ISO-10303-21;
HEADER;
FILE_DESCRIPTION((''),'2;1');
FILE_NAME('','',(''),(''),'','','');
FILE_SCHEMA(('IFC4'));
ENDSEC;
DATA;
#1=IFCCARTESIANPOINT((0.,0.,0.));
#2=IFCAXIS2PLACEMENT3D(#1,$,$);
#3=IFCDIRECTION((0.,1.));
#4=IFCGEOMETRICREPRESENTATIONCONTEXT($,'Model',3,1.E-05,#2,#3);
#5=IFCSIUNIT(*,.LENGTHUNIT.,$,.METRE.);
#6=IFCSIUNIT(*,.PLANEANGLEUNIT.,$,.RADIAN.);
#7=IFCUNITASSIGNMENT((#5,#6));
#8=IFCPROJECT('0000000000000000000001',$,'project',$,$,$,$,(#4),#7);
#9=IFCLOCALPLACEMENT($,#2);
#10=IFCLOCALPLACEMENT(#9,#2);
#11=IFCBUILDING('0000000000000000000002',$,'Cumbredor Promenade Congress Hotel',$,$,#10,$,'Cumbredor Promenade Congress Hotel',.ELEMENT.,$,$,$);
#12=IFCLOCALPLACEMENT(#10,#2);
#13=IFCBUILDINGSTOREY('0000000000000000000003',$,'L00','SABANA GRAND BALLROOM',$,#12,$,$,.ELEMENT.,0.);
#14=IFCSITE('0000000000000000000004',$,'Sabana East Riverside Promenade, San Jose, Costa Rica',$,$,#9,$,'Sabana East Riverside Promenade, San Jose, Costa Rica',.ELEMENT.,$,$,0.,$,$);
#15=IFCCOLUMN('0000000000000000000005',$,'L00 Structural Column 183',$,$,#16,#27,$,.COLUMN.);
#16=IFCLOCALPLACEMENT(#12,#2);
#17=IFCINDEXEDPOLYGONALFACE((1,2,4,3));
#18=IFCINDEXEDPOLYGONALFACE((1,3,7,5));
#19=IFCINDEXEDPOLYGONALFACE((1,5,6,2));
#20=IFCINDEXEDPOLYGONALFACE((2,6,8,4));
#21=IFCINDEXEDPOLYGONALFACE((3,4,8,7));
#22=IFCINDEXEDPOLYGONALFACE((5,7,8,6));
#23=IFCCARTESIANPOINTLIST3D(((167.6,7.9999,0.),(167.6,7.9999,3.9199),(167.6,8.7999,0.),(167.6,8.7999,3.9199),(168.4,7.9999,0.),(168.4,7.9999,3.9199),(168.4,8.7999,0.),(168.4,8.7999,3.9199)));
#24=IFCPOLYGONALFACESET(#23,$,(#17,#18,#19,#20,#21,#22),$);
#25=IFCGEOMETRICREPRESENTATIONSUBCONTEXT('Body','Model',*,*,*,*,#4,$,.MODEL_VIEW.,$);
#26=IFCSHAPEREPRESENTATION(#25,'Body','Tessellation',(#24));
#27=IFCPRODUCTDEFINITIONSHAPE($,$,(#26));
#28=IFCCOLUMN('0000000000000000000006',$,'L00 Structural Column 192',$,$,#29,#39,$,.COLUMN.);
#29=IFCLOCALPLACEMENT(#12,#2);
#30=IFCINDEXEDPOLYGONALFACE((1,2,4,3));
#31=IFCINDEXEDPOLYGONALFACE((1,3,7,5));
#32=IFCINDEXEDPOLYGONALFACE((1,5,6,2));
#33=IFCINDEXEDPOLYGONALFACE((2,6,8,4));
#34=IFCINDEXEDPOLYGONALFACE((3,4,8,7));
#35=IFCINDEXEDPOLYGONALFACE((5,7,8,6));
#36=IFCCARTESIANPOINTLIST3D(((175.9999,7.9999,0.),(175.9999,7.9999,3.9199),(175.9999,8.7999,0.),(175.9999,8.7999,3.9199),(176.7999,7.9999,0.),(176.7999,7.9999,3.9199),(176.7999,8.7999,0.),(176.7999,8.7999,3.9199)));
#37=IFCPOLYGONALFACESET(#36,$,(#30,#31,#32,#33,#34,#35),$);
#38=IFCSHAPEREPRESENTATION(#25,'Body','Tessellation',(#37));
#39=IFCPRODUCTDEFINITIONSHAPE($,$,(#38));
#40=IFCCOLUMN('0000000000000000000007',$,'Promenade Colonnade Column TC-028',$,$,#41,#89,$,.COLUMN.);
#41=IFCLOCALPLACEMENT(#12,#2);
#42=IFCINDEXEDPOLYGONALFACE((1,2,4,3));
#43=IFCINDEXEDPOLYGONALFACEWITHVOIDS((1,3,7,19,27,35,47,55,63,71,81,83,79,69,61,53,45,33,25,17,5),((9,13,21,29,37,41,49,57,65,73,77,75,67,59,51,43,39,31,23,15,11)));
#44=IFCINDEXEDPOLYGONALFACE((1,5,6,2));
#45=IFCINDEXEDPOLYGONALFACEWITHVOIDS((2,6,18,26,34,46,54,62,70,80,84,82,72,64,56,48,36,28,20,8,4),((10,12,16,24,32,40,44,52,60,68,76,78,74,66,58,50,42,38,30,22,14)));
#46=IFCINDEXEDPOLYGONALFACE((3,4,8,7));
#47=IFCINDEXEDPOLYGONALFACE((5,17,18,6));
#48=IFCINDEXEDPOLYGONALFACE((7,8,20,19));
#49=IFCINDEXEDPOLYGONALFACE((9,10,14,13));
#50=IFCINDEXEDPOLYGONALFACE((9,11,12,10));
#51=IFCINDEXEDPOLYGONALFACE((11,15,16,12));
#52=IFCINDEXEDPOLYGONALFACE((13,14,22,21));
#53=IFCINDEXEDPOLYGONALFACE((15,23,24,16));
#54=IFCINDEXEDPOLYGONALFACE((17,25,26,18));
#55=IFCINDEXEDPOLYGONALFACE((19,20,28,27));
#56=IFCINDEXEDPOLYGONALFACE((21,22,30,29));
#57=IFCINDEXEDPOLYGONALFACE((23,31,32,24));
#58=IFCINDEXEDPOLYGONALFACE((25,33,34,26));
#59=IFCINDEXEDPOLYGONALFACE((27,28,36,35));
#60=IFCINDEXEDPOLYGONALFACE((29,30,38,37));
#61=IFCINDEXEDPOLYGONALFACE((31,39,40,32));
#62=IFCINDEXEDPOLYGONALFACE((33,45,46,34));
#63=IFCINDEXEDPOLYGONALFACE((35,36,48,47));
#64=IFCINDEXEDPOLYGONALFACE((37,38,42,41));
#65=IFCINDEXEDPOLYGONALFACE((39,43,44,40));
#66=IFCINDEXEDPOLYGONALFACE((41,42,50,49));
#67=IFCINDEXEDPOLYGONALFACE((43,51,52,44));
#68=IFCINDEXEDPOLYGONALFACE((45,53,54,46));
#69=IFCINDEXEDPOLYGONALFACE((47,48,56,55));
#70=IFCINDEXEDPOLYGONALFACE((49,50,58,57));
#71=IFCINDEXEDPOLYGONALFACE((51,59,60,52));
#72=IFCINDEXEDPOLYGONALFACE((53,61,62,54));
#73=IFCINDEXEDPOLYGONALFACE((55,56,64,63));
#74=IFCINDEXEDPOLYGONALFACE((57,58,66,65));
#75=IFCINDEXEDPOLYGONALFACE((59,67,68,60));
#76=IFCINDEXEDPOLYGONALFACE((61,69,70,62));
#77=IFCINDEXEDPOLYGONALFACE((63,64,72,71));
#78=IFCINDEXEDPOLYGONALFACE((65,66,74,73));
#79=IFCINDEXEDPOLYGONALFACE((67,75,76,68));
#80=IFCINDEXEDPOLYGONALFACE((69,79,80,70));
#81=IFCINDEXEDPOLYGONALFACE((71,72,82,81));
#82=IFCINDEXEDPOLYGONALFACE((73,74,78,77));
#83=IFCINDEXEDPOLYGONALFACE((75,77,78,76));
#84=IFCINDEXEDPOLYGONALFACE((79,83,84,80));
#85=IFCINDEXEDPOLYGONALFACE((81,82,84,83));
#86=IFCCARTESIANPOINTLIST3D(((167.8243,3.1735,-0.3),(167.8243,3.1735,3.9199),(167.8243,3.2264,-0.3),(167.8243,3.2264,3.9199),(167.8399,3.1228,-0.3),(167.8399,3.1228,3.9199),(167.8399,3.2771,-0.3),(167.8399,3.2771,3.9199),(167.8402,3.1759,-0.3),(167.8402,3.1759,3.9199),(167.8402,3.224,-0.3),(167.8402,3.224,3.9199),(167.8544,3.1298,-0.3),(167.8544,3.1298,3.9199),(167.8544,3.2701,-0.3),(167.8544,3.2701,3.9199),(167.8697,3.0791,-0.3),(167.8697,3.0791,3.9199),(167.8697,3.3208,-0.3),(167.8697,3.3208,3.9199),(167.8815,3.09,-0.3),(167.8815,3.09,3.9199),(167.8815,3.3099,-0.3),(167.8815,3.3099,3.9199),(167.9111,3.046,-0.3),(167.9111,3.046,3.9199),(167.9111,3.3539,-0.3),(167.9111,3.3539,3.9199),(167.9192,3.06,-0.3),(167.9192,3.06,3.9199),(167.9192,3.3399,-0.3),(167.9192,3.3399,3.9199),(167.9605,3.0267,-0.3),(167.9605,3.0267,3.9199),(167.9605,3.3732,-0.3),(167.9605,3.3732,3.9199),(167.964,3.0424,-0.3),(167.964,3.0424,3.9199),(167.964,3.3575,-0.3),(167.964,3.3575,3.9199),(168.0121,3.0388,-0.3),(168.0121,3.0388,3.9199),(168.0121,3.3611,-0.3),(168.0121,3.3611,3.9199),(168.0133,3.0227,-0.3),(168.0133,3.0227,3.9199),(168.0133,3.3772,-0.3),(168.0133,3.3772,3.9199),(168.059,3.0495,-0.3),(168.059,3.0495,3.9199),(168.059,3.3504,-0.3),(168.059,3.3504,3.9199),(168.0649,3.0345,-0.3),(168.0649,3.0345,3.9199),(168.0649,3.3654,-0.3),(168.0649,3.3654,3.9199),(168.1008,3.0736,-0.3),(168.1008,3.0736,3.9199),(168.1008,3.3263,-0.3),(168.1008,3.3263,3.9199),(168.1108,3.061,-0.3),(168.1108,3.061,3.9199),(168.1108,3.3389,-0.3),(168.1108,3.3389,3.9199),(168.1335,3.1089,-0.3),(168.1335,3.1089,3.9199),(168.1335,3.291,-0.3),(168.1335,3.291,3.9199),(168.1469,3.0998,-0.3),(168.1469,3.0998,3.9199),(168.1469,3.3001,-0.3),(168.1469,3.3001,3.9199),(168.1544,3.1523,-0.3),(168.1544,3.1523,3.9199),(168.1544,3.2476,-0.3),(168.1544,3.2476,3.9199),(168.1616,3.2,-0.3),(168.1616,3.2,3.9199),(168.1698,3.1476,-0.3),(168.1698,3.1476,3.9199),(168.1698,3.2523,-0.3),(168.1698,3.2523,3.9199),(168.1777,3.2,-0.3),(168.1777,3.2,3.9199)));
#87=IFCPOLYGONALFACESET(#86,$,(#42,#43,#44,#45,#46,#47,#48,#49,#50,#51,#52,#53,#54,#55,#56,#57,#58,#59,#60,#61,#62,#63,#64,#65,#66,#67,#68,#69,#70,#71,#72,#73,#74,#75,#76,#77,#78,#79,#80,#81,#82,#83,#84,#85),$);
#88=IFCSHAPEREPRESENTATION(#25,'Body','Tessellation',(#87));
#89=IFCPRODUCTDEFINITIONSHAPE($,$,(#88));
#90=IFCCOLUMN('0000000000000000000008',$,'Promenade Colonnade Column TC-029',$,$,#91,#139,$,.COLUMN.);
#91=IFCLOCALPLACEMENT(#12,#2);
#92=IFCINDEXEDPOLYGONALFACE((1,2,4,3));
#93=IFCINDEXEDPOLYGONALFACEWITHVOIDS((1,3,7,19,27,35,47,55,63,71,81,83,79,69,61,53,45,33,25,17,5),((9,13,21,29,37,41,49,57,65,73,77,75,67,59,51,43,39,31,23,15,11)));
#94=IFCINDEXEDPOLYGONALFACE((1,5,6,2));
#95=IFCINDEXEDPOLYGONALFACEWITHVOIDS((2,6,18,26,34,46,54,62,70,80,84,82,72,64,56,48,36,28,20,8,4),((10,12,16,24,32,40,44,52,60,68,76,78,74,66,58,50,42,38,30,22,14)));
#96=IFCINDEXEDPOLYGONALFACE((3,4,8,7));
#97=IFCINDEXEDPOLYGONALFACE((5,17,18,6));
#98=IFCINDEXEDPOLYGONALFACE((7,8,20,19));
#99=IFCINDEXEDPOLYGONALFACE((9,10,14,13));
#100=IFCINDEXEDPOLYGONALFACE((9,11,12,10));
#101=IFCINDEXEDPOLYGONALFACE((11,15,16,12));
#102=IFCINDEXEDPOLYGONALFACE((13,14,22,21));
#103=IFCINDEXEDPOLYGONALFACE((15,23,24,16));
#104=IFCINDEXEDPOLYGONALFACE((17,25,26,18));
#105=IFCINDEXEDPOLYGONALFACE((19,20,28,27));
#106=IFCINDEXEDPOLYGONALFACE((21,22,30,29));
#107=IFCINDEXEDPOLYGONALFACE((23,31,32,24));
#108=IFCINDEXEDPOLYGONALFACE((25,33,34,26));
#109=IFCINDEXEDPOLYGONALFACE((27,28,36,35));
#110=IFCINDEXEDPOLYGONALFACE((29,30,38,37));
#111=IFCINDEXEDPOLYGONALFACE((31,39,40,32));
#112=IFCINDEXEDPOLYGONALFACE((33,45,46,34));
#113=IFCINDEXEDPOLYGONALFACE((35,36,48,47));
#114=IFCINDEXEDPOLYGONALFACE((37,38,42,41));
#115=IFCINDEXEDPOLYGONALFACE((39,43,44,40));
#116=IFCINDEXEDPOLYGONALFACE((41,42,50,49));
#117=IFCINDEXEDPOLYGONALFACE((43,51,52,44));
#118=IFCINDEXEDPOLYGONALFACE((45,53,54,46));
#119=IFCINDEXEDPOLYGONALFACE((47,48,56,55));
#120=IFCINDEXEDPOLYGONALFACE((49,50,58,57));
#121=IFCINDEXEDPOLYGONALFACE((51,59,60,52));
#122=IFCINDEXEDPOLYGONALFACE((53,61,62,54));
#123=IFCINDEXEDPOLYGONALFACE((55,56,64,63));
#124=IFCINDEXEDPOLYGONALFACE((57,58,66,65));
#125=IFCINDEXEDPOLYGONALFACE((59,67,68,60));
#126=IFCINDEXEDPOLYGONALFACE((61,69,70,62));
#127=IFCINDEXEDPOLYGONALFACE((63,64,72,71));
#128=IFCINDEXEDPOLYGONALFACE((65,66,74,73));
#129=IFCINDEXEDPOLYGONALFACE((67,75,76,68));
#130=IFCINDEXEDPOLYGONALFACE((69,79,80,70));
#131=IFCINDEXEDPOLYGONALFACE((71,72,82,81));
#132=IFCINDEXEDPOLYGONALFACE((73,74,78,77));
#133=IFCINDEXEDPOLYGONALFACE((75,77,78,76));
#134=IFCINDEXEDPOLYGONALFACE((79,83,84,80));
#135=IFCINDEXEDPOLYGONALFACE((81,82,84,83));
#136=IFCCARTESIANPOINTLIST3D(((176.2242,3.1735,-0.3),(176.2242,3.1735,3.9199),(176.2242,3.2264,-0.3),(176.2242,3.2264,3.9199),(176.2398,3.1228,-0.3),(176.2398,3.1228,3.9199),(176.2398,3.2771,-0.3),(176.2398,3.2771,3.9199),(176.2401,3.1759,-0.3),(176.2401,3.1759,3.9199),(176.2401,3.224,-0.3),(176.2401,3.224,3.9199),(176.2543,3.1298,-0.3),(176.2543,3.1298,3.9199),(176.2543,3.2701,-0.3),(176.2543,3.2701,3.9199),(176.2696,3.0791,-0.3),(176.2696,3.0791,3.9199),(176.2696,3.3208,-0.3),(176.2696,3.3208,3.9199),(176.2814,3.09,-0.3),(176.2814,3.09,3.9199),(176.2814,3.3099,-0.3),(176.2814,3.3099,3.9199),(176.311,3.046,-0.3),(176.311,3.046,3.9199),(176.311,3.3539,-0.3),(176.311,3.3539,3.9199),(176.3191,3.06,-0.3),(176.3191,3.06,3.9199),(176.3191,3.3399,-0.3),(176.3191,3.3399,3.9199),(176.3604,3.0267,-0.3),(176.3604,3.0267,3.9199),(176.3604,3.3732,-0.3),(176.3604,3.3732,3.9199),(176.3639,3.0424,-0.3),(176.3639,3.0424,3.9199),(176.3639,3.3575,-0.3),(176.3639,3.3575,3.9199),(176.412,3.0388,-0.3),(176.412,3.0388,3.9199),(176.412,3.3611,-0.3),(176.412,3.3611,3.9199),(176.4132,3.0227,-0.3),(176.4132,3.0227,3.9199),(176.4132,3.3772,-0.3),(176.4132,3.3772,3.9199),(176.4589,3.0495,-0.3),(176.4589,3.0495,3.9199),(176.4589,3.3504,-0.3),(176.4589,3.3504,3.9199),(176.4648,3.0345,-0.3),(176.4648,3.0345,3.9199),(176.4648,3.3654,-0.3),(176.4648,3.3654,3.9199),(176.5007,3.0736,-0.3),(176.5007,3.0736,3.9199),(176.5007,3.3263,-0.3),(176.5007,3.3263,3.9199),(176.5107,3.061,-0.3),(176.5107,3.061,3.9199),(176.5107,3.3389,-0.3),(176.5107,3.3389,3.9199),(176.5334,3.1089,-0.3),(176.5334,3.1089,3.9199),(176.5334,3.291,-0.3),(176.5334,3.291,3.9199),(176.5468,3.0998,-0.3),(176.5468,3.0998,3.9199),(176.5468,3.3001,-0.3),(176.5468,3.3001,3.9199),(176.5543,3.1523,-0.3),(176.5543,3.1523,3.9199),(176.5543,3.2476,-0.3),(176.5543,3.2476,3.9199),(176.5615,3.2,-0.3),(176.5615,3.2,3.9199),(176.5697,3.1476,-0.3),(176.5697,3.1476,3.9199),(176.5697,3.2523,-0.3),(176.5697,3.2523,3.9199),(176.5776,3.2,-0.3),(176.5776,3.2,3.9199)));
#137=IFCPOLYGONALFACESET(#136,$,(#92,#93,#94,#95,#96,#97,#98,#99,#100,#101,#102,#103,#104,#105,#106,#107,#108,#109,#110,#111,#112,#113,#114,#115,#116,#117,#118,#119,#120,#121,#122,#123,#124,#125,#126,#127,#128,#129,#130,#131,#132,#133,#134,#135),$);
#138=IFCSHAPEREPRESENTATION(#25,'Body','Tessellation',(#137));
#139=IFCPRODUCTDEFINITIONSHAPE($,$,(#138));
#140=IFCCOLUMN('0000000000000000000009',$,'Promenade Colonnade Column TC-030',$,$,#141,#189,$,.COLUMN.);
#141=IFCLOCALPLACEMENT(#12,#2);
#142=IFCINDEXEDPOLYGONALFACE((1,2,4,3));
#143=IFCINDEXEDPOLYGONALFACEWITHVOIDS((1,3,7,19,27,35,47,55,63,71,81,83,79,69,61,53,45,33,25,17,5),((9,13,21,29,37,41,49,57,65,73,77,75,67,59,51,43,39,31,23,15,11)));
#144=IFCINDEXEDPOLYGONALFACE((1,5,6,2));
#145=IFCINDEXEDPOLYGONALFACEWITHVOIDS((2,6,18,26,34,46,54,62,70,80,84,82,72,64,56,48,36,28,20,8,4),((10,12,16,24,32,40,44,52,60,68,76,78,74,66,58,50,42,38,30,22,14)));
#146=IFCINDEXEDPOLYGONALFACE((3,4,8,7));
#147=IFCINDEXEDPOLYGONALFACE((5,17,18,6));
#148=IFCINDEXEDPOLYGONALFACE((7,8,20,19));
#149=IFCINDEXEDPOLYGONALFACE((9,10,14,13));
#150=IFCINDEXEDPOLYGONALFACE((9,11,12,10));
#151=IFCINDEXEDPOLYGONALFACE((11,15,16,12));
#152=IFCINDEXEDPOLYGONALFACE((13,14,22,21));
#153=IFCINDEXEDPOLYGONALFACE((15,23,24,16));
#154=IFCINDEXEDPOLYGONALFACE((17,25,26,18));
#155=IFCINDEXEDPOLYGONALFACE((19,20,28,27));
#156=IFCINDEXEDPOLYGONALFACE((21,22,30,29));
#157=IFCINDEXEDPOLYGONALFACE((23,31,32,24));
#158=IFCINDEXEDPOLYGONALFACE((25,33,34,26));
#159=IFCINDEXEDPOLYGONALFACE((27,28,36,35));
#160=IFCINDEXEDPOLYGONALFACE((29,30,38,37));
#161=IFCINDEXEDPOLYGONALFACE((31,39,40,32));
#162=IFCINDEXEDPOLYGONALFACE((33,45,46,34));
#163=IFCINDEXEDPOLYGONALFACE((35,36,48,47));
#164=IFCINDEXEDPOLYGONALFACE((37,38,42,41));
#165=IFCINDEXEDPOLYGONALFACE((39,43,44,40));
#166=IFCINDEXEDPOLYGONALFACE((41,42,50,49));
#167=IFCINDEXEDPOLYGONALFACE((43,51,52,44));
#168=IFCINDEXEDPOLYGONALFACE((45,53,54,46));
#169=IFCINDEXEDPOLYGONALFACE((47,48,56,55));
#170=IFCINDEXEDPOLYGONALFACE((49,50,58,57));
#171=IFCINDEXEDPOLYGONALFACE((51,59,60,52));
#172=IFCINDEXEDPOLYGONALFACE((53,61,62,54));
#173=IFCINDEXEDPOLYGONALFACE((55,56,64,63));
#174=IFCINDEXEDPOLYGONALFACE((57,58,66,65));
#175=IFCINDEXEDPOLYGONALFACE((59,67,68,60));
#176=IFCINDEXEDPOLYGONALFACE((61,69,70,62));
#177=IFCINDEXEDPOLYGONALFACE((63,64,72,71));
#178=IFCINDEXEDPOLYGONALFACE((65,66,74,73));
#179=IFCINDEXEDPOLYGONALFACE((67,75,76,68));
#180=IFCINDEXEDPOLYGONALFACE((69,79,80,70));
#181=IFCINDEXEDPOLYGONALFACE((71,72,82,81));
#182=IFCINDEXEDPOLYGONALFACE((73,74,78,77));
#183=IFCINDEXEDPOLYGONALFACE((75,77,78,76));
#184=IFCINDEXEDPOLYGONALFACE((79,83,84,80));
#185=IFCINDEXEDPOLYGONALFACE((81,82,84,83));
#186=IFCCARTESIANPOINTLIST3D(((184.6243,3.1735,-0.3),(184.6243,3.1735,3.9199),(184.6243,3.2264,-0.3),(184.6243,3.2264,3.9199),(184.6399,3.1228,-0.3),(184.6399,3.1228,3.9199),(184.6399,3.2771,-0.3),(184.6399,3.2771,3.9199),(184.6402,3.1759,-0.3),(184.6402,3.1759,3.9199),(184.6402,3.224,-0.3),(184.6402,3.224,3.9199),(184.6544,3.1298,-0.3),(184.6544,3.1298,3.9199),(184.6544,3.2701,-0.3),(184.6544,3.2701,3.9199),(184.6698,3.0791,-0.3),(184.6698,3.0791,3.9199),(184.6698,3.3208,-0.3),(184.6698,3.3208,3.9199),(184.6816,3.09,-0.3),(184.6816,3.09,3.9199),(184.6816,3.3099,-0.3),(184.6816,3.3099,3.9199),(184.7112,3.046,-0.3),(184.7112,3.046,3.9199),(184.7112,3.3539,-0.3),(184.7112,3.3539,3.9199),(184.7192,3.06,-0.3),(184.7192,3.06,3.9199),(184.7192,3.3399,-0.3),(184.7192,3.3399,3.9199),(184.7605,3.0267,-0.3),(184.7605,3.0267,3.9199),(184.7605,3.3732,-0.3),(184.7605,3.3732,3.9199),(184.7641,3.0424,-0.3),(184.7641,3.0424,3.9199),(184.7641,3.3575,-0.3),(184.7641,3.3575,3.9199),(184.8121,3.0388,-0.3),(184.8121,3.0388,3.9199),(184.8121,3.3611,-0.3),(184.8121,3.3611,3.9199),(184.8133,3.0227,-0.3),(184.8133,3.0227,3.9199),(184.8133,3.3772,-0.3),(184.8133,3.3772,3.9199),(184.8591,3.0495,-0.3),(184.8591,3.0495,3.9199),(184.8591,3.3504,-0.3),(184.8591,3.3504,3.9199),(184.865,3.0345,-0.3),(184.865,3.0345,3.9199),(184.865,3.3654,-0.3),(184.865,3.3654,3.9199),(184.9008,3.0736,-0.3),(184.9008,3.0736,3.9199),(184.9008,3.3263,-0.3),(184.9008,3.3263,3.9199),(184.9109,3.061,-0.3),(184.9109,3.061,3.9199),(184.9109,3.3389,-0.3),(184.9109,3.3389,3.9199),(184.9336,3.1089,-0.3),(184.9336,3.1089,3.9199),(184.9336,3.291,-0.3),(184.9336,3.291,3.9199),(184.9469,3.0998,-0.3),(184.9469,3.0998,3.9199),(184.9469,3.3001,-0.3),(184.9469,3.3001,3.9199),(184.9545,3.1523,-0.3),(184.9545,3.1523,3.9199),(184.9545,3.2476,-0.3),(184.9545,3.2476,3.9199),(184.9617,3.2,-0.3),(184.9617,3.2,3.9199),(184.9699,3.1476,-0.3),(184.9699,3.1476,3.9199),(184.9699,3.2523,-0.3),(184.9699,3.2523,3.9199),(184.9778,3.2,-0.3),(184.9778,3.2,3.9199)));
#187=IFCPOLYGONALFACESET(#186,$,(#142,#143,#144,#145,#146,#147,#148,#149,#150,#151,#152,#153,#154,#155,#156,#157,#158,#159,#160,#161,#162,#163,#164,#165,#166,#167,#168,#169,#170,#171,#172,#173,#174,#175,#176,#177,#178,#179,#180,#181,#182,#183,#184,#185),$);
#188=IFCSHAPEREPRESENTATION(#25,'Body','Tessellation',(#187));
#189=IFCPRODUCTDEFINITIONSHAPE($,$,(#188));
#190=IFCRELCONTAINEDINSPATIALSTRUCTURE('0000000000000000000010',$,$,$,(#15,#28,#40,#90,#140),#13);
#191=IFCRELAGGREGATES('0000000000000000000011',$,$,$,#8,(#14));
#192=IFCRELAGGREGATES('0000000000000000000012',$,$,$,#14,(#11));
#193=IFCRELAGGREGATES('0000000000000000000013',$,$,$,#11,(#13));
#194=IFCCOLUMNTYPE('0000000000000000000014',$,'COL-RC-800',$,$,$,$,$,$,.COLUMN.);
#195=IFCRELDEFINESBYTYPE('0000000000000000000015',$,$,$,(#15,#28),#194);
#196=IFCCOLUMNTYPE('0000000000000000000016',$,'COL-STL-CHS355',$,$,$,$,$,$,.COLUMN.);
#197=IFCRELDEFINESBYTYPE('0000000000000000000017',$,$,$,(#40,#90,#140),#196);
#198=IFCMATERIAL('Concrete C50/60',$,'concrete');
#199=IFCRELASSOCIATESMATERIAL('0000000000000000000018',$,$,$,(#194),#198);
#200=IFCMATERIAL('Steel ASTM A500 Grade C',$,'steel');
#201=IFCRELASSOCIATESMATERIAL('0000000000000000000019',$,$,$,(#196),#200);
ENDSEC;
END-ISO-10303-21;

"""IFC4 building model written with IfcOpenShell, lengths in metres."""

from ifc_helpers import new_model, si_unit, direction, frame, origin, origin_2d, place, context, subcontext, project, spatial, rectangle, hollow_circle, extrude, material, material_profile, profile_set, type_object, element, save


model = new_model("IFC4")

# Units and contexts
model_context = context("Model", 3, precision=1e-05, world=origin(), true_north=direction((0.0, 1.0)))
body_context = subcontext(model_context, "Body", "Model", "MODEL_VIEW")
ifc_project = project(units=[si_unit("LENGTHUNIT", "METRE"), si_unit("PLANEANGLEUNIT", "RADIAN")], contexts=[model_context])

# Site, building, storey
site_placement = place(None, origin())
site = spatial("IfcSite", under=ifc_project, at=site_placement, Name="Sabana East Riverside Promenade, San Jose, Costa Rica", LongName="Sabana East Riverside Promenade, San Jose, Costa Rica", CompositionType="ELEMENT", RefElevation=0.0)
building_placement = place(site_placement, origin())
building = spatial("IfcBuilding", under=site, at=building_placement, Name="Cumbredor Promenade Congress Hotel", LongName="Cumbredor Promenade Congress Hotel", CompositionType="ELEMENT")
storey_placement = place(building_placement, origin())
storey = spatial("IfcBuildingStorey", under=building, at=storey_placement, Name="L00", Description="SABANA GRAND BALLROOM", CompositionType="ELEMENT", Elevation=0.0)

# Columns
ifc_material_1 = material(Name="Concrete C50/60", Category="concrete")
ifc_material_profile_1 = material_profile(ifc_material_1, rectangle(XDim=0.8, YDim=0.8, at=origin_2d()), Name="RC 800x800")
ifc_profile_set_1 = profile_set([ifc_material_profile_1], Name="Concrete C50/60")
column_type_1 = type_object("IfcColumnType", Name="COL-RC-800", PredefinedType="COLUMN", material=ifc_profile_set_1)
for number, where, z_axis, x_axis, name in (
    (1, (168.0, 8.3999, 0.0), (0.0, 0.0, 1.0), (1.0, 0.0, 0.0), "L00 Structural Column 183"),
    (2, (176.3999, 8.3999, 0.0), (0.0, 0.0, 1.0), (1.0, 0.0, 0.0), "L00 Structural Column 192"),
):
    element("IfcColumn", number, at=place(storey_placement, frame(where, z_axis=z_axis, x_axis=x_axis)), inside=storey, type_object=column_type_1, Name=name, PredefinedType="COLUMN", context=body_context, shape_type="SweptSolid", body=[
        extrude(rectangle(XDim=0.8, YDim=0.8, at=origin_2d()), origin(), (0.0, 0.0, 1.0), 3.9199),
    ])
ifc_material_2 = material(Name="Steel ASTM A500 Grade C", Category="steel")
ifc_material_profile_2 = material_profile(ifc_material_2, hollow_circle(Radius=0.1777, WallThickness=0.0161, at=origin_2d()), Name="CHS 355.6x16")
ifc_profile_set_2 = profile_set([ifc_material_profile_2], Name="Steel ASTM A500 Grade C")
column_type_2 = type_object("IfcColumnType", Name="COL-STL-CHS355", PredefinedType="COLUMN", material=ifc_profile_set_2)
for number, where, z_axis, x_axis, name in (
    (3, (168.0, 3.2, -0.3), (0.0, 0.0, 1.0), (1.0, 0.0, 0.0), "Promenade Colonnade Column TC-028"),
    (4, (176.3999, 3.2, -0.3), (0.0, 0.0, 1.0), (1.0, 0.0, 0.0), "Promenade Colonnade Column TC-029"),
    (5, (184.8, 3.2, -0.3), (0.0, 0.0, 1.0), (1.0, 0.0, 0.0), "Promenade Colonnade Column TC-030"),
):
    element("IfcColumn", number, at=place(storey_placement, frame(where, z_axis=z_axis, x_axis=x_axis)), inside=storey, type_object=column_type_2, Name=name, PredefinedType="COLUMN", context=body_context, shape_type="SweptSolid", body=[
        extrude(hollow_circle(Radius=0.1777, WallThickness=0.0161, at=origin_2d()), origin(), (0.0, 0.0, 1.0), 4.22),
    ])

save(model, "model.ifc")
